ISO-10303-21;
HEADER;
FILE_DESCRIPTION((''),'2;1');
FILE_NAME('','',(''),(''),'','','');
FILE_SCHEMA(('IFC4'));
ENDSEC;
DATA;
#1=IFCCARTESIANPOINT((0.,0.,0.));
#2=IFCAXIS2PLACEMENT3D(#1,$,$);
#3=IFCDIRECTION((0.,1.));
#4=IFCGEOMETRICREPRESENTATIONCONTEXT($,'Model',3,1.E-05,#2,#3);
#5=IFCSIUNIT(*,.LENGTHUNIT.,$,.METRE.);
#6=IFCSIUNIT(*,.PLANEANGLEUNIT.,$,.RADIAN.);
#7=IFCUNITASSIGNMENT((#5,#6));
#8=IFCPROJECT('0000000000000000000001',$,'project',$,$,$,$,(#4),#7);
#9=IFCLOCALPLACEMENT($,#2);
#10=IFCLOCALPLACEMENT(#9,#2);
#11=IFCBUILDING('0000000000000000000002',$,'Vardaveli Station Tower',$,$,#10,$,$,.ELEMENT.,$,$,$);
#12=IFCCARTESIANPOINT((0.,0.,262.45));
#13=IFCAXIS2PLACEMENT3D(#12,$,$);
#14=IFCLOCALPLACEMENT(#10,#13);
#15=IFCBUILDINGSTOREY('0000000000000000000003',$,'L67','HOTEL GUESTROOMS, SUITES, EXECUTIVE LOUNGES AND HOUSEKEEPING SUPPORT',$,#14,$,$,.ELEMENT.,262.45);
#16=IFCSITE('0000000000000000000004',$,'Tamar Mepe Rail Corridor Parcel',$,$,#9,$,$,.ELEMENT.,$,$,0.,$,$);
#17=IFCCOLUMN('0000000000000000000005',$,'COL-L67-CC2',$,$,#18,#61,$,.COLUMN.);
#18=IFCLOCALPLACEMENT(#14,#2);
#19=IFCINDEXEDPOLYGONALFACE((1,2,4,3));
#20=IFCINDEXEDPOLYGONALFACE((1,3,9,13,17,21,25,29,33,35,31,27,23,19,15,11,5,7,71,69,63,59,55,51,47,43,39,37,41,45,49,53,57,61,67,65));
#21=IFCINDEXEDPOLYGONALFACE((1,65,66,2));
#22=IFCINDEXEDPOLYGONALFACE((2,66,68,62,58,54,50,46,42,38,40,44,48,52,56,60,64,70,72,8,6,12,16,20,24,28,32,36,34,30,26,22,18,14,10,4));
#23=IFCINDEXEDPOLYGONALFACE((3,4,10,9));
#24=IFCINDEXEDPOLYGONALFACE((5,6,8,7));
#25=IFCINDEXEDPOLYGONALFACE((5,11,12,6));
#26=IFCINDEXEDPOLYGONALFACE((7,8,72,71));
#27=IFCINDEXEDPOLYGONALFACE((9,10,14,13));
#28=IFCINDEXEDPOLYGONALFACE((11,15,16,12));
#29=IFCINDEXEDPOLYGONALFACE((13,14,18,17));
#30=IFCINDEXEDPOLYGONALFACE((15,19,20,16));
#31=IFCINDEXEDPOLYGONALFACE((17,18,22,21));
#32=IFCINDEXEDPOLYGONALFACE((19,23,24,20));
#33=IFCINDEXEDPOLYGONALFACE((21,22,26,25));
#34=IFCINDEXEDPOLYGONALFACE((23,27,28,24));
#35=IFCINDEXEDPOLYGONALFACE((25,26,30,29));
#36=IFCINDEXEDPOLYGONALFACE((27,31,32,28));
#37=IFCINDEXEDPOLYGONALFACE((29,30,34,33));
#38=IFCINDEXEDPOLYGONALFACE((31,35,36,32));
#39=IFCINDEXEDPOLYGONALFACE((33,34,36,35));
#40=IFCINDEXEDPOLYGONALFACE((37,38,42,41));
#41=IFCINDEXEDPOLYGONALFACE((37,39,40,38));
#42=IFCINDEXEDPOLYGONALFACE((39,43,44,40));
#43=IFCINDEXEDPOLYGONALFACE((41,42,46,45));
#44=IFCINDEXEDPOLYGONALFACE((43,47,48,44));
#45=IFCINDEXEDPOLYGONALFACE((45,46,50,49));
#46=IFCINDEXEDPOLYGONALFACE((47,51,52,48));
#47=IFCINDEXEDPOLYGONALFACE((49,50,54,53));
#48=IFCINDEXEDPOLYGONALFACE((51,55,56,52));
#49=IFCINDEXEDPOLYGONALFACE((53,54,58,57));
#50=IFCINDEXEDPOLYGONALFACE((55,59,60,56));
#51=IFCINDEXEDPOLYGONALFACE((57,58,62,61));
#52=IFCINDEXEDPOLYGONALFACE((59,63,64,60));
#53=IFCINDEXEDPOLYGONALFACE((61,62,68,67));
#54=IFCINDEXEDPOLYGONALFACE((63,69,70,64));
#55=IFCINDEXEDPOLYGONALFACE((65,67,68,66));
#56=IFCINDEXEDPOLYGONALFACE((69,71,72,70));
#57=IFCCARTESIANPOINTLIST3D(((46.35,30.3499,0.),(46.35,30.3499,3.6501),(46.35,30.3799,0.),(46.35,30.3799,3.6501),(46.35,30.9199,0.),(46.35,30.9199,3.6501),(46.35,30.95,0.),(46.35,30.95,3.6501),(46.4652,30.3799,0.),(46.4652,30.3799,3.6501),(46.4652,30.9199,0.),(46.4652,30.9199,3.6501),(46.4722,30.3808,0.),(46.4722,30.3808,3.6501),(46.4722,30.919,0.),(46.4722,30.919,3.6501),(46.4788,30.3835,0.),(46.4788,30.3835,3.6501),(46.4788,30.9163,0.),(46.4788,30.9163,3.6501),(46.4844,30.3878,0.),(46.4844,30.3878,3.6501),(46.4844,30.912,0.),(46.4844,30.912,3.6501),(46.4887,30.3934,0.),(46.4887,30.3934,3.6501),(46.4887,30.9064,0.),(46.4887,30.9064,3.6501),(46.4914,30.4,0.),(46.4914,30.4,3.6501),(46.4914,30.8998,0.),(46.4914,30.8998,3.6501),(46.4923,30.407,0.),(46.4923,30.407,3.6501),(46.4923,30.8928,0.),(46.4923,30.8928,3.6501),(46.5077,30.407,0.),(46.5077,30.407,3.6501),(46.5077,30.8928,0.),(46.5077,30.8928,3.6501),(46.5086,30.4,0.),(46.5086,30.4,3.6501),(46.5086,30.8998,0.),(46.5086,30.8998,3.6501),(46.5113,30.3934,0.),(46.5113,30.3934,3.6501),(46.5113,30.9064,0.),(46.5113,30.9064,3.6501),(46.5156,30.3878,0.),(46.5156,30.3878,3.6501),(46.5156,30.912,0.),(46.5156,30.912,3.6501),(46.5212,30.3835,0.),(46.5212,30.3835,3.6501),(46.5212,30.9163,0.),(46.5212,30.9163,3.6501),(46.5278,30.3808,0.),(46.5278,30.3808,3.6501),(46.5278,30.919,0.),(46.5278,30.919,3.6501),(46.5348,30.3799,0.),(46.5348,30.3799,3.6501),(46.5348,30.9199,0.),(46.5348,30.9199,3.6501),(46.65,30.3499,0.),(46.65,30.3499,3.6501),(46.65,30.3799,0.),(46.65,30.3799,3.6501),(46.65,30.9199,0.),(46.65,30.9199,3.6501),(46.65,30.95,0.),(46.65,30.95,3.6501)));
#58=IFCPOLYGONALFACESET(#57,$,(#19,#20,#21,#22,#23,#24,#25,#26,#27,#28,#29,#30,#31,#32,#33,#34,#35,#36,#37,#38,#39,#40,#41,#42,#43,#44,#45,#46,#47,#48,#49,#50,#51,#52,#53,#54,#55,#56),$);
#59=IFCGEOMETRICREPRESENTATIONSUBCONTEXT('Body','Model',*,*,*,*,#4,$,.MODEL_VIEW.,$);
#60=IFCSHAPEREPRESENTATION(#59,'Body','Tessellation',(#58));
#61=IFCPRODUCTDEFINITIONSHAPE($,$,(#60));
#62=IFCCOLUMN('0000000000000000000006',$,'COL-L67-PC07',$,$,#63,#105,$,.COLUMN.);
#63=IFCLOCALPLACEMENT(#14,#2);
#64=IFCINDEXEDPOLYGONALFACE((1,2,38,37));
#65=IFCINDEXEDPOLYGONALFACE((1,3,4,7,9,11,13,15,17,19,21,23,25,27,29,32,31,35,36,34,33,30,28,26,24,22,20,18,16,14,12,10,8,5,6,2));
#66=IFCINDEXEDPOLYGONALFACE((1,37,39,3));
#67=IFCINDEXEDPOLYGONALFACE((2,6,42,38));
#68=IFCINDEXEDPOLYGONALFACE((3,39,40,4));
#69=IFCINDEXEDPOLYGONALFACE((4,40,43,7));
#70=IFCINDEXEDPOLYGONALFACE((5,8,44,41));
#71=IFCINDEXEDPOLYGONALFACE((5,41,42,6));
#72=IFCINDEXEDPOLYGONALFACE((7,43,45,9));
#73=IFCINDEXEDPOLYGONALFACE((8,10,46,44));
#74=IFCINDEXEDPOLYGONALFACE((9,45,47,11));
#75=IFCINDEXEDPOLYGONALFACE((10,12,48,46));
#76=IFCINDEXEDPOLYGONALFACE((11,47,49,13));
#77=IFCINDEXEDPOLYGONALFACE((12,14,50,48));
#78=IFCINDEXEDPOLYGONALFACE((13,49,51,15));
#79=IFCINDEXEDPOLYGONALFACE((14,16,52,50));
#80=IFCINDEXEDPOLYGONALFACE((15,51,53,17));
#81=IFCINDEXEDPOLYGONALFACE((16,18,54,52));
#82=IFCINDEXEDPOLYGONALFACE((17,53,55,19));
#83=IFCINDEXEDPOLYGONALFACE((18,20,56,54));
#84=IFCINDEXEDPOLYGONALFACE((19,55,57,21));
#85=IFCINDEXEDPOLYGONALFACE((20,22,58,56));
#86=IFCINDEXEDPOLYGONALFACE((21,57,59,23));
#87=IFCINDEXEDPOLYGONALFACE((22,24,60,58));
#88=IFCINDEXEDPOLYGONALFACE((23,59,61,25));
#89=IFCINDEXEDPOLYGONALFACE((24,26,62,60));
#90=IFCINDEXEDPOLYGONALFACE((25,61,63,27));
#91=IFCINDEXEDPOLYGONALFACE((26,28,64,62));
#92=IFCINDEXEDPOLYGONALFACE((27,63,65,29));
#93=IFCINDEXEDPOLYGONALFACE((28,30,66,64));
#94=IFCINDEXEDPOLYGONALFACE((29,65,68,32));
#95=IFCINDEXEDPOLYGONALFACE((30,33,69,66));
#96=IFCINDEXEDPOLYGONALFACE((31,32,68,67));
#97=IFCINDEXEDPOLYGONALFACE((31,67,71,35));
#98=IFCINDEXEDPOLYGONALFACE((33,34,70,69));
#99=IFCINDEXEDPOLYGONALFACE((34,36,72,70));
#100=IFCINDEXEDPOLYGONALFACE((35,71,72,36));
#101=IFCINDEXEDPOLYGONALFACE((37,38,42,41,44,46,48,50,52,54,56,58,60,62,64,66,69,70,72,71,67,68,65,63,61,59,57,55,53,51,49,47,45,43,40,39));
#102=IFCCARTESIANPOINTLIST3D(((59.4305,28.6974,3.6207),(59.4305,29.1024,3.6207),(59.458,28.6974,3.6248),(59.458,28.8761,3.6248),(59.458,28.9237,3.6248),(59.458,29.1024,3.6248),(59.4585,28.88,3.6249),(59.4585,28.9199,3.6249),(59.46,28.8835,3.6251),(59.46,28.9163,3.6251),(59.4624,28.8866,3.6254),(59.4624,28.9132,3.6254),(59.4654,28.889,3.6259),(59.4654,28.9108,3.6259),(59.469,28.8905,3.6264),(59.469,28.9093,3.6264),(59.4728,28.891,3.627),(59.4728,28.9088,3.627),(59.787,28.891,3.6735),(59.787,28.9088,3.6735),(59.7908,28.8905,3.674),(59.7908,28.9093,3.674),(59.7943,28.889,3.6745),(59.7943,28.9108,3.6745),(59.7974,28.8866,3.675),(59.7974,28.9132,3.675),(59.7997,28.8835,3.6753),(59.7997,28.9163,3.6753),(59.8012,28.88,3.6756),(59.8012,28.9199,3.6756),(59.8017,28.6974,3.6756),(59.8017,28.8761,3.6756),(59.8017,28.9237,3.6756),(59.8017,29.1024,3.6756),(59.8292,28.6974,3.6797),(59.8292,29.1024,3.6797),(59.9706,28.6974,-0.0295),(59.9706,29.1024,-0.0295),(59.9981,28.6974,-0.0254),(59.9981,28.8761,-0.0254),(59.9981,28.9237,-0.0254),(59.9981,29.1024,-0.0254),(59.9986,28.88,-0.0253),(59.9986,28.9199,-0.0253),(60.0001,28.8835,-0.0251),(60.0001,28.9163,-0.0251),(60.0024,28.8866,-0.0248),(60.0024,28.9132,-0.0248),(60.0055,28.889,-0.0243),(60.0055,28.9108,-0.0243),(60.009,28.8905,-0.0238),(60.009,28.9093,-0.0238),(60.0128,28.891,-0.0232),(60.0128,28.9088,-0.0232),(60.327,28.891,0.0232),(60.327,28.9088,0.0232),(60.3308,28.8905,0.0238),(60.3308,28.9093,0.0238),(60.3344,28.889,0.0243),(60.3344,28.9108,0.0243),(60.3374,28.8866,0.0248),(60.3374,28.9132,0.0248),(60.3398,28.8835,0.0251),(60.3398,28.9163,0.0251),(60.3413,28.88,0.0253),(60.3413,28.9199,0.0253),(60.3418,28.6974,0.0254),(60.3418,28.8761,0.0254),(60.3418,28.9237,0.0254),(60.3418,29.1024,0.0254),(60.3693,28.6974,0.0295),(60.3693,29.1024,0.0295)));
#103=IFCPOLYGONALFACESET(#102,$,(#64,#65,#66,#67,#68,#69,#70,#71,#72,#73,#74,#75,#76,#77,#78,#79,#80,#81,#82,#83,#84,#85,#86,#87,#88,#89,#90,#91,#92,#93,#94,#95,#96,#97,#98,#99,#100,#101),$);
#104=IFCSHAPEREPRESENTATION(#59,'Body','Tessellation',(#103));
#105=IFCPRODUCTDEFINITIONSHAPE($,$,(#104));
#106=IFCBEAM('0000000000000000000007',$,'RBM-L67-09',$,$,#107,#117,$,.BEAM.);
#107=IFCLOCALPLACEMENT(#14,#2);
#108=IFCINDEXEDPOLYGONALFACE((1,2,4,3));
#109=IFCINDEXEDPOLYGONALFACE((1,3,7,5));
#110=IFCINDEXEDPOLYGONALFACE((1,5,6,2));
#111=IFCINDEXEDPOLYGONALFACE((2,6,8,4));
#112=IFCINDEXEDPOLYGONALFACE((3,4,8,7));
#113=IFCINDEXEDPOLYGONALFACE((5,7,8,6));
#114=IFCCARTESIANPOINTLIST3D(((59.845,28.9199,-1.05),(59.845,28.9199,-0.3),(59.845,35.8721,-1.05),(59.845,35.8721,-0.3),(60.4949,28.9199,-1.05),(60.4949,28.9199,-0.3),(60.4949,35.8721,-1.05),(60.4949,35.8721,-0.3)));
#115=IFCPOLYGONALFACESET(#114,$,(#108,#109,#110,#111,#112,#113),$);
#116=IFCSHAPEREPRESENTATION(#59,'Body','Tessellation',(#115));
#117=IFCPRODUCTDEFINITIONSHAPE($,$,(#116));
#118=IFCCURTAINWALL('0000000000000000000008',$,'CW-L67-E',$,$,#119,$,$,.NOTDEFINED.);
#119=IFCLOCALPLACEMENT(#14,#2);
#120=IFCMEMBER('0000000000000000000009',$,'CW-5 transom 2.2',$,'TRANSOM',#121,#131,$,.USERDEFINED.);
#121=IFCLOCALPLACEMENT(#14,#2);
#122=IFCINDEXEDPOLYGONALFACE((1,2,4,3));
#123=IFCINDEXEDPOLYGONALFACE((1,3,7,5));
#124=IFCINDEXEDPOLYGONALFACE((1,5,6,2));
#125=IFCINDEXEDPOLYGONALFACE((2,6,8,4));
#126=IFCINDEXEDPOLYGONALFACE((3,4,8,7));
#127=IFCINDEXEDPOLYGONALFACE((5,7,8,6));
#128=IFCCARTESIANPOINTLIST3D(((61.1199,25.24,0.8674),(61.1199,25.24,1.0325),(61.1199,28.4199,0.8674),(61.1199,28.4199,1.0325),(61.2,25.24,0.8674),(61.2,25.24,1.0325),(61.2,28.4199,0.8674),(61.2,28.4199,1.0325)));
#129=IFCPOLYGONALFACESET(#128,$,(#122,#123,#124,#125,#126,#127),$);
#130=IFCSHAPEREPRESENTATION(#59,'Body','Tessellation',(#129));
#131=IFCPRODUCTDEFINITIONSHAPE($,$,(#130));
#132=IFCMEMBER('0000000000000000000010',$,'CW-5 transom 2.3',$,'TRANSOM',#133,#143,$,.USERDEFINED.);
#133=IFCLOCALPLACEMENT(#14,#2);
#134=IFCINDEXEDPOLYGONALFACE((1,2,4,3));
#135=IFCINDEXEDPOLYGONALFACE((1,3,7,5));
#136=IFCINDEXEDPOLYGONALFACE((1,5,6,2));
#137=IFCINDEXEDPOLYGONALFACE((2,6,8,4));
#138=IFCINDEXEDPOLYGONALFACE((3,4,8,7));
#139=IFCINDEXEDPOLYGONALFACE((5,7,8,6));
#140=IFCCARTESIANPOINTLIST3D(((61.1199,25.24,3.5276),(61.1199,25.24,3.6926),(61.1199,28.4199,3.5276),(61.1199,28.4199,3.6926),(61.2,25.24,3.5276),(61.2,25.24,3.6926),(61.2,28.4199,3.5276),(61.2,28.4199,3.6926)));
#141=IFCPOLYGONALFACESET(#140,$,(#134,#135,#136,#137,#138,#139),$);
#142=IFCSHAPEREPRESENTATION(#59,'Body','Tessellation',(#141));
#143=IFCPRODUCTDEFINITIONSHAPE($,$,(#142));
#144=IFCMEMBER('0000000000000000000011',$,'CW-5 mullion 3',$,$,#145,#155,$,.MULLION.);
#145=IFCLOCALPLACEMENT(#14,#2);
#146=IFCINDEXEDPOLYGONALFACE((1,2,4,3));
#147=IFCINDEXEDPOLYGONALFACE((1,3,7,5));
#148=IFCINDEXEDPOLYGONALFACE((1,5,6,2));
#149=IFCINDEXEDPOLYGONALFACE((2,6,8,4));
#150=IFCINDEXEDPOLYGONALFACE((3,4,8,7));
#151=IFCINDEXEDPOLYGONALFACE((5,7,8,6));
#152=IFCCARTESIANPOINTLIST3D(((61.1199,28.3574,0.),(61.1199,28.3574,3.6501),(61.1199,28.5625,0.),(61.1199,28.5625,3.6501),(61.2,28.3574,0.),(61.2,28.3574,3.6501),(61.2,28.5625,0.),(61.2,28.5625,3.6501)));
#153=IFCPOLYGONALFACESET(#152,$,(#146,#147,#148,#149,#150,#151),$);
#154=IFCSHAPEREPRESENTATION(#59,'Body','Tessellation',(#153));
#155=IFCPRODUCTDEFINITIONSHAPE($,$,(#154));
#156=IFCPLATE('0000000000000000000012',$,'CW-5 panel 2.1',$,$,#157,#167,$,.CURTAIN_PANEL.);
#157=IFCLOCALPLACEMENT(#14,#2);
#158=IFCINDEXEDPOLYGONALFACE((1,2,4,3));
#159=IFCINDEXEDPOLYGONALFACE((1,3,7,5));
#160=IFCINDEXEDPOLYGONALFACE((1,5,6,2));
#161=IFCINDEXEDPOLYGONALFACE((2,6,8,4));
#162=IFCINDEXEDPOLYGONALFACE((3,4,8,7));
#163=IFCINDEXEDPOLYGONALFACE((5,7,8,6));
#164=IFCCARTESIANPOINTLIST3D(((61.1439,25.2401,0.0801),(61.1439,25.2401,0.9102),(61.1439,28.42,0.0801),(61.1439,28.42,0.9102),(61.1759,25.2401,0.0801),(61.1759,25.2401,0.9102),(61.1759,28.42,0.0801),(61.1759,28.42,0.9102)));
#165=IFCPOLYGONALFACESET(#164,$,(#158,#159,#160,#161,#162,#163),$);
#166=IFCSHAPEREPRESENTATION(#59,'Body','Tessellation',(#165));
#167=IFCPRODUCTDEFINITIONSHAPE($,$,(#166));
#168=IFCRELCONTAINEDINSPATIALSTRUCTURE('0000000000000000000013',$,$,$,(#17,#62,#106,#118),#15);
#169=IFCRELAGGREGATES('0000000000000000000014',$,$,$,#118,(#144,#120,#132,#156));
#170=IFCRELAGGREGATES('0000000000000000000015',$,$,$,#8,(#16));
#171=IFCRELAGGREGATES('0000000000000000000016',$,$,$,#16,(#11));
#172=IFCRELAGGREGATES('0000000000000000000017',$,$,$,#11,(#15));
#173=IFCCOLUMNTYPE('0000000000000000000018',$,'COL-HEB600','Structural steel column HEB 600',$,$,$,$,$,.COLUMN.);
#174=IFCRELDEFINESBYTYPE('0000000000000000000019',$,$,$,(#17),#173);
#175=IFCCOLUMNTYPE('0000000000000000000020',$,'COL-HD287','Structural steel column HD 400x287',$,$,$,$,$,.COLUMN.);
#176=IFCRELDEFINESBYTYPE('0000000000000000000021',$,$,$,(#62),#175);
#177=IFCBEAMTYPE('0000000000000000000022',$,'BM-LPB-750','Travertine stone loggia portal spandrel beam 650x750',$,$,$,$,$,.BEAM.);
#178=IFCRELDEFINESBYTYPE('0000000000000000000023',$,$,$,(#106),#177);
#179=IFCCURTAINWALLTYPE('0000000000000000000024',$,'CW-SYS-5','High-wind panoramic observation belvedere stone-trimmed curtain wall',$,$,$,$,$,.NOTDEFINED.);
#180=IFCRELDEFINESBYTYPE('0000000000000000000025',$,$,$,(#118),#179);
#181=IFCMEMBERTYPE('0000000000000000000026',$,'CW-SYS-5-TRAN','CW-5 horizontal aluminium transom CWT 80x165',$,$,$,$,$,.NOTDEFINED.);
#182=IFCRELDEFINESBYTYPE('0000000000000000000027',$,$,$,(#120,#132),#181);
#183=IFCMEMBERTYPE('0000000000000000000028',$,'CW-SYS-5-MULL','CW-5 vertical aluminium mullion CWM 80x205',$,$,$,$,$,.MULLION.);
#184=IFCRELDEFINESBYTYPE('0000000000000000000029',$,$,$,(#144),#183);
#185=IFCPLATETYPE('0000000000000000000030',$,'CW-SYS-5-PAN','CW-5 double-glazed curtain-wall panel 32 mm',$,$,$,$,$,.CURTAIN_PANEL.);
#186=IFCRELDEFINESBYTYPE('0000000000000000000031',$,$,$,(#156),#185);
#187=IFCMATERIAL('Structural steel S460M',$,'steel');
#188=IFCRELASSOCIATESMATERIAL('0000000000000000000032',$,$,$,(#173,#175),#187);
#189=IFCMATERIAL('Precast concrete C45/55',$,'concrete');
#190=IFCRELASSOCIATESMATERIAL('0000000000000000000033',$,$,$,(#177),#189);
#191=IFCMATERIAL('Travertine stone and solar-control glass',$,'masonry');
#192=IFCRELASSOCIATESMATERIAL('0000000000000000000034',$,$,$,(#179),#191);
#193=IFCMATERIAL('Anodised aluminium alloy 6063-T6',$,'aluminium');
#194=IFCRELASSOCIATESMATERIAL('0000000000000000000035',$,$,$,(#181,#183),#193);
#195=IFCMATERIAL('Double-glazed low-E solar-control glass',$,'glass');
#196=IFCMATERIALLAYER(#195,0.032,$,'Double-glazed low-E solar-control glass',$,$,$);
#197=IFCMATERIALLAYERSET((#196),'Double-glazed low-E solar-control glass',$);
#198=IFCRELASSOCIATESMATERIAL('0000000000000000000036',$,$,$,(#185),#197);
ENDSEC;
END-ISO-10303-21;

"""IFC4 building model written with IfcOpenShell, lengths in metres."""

from ifc_helpers import new_model, si_unit, direction, frame, origin, origin_2d, place, context, subcontext, project, spatial, rectangle, i_section, extrude, source, transform, mapped, material, layer, layer_set, material_profile, profile_set, type_object, element, aggregate, save


model = new_model("IFC4")

# Units and contexts
model_context = context("Model", 3, precision=1e-05, world=origin(), true_north=direction((0.0, 1.0)))
body_context = subcontext(model_context, "Body", "Model", "MODEL_VIEW")
ifc_project = project(units=[si_unit("LENGTHUNIT", "METRE"), si_unit("PLANEANGLEUNIT", "RADIAN")], contexts=[model_context])

# Site, building, storey
site_placement = place(None, origin())
site = spatial("IfcSite", under=ifc_project, at=site_placement, Name="Tamar Mepe Rail Corridor Parcel", CompositionType="ELEMENT", RefElevation=0.0)
building_placement = place(site_placement, origin())
building = spatial("IfcBuilding", under=site, at=building_placement, Name="Vardaveli Station Tower", CompositionType="ELEMENT")
storey_placement = place(building_placement, frame((0.0, 0.0, 262.45)))
storey = spatial("IfcBuildingStorey", under=building, at=storey_placement, Name="L67", Description="HOTEL GUESTROOMS, SUITES, EXECUTIVE LOUNGES AND HOUSEKEEPING SUPPORT", CompositionType="ELEMENT", Elevation=262.45)

# Columns
ifc_material_1 = material(Name="Structural steel S460M", Category="steel")
ifc_material_profile_1 = material_profile(ifc_material_1, i_section(OverallWidth=0.3, OverallDepth=0.6001, WebThickness=0.0154, FlangeThickness=0.03, FilletRadius=0.0271, at=origin_2d()), Name="HEB 600")
ifc_profile_set_1 = profile_set([ifc_material_profile_1], Name="Structural steel S460M")
column_type_1 = type_object("IfcColumnType", Name="COL-HEB600", Description="Structural steel column HEB 600", PredefinedType="COLUMN", material=ifc_profile_set_1)
shared_shape_1 = source(origin(), body_context, "Body", "SweptSolid", [
    extrude(i_section(OverallWidth=0.3, OverallDepth=0.6001, WebThickness=0.0154, FlangeThickness=0.03, FilletRadius=0.0271, at=origin_2d()), origin(), (0.0, 0.0, 1.0), 3.6501),
])
column_1_placement = place(storey_placement, frame((46.5, 30.6499, 0.0), z_axis=(0.0, 0.0, 1.0), x_axis=(1.0, 0.0, 0.0)))
element("IfcColumn", 1, at=column_1_placement, inside=storey, type_object=column_type_1, Name="COL-L67-CC2", PredefinedType="COLUMN", context=body_context, shape_type="MappedRepresentation", body=[
    mapped(shared_shape_1, transform((0.0, 0.0, 0.0), scale=1.0)),
])
ifc_material_profile_2 = material_profile(ifc_material_1, i_section(OverallWidth=0.405, OverallDepth=0.4031, WebThickness=0.0178, FlangeThickness=0.0278, FilletRadius=0.0149, at=origin_2d()), Name="HD 400x287")
ifc_profile_set_2 = profile_set([ifc_material_profile_2], Name="Structural steel S460M")
column_type_2 = type_object("IfcColumnType", Name="COL-HD287", Description="Structural steel column HD 400x287", PredefinedType="COLUMN", material=ifc_profile_set_2)
shared_shape_2 = source(origin(), body_context, "Body", "SweptSolid", [
    extrude(i_section(OverallWidth=0.405, OverallDepth=0.4031, WebThickness=0.0178, FlangeThickness=0.0278, FilletRadius=0.0149, at=origin_2d()), origin(), (0.0, 0.0, 1.0), 3.6899),
])
column_2_placement = place(storey_placement, frame((60.1699, 28.8999, 0.0), z_axis=(-0.146357, 0.0, 0.989232), x_axis=(0.0, -1.0, 0.0)))
element("IfcColumn", 2, at=column_2_placement, inside=storey, type_object=column_type_2, Name="COL-L67-PC07", PredefinedType="COLUMN", context=body_context, shape_type="MappedRepresentation", body=[
    mapped(shared_shape_2, transform((0.0, 0.0, 0.0), scale=1.0)),
])

# Beam
ifc_material_2 = material(Name="Precast concrete C45/55", Category="concrete")
ifc_material_profile_3 = material_profile(ifc_material_2, rectangle(XDim=0.6499, YDim=0.75, at=origin_2d()), Name="LPB 650x750")
ifc_profile_set_3 = profile_set([ifc_material_profile_3], Name="Precast concrete C45/55")
beam_type = type_object("IfcBeamType", Name="BM-LPB-750", Description="Travertine stone loggia portal spandrel beam 650x750", PredefinedType="BEAM", material=ifc_profile_set_3)
shared_shape_3 = source(origin(), body_context, "Body", "SweptSolid", [
    extrude(rectangle(XDim=0.6499, YDim=0.75, at=origin_2d()), origin(), (0.0, 0.0, 1.0), 6.9521),
])
beam_placement = place(storey_placement, frame((60.1699, 28.9199, -0.675), z_axis=(0.0, 1.0, 0.0), x_axis=(-1.0, 0.0, 0.0)))
element("IfcBeam", 3, at=beam_placement, inside=storey, type_object=beam_type, Name="RBM-L67-09", PredefinedType="BEAM", context=body_context, shape_type="MappedRepresentation", body=[
    mapped(shared_shape_3, transform((0.0, 0.0, 0.0), scale=1.0)),
])

# Curtain wall, members, plate
ifc_material_3 = material(Name="Travertine stone and solar-control glass", Category="masonry")
curtain_wall_type = type_object("IfcCurtainWallType", Name="CW-SYS-5", Description="High-wind panoramic observation belvedere stone-trimmed curtain wall", PredefinedType="NOTDEFINED", material=ifc_material_3)
curtain_wall_placement = place(storey_placement, origin())
curtain_wall = element("IfcCurtainWall", 4, at=curtain_wall_placement, inside=storey, type_object=curtain_wall_type, Name="CW-L67-E", PredefinedType="NOTDEFINED")
ifc_material_4 = material(Name="Anodised aluminium alloy 6063-T6", Category="aluminium")
ifc_material_profile_4 = material_profile(ifc_material_4, rectangle(XDim=0.0801, YDim=0.165, at=origin_2d()), Name="CWT 80x165")
ifc_profile_set_4 = profile_set([ifc_material_profile_4], Name="Anodised aluminium alloy 6063-T6")
member_type_1 = type_object("IfcMemberType", Name="CW-SYS-5-TRAN", Description="CW-5 horizontal aluminium transom CWT 80x165", PredefinedType="NOTDEFINED", material=ifc_profile_set_4)
shared_shape_4 = source(origin(), body_context, "Body", "SweptSolid", [
    extrude(rectangle(XDim=0.0801, YDim=0.165, at=origin_2d()), origin(), (0.0, 0.0, 1.0), 3.1799),
])
member_1_placement = place(storey_placement, frame((61.1599, 25.24, 0.95), z_axis=(0.0, 1.0, 0.0), x_axis=(-1.0, 0.0, 0.0)))
member_1 = element("IfcMember", 5, at=member_1_placement, type_object=member_type_1, Name="CW-5 transom 2.2", ObjectType="TRANSOM", PredefinedType="USERDEFINED", context=body_context, shape_type="MappedRepresentation", body=[
    mapped(shared_shape_4, transform((0.0, 0.0, 0.0), scale=1.0)),
])
member_2_placement = place(storey_placement, frame((61.1599, 25.24, 3.6101), z_axis=(0.0, 1.0, 0.0), x_axis=(-1.0, 0.0, 0.0)))
member_2 = element("IfcMember", 6, at=member_2_placement, type_object=member_type_1, Name="CW-5 transom 2.3", ObjectType="TRANSOM", PredefinedType="USERDEFINED", context=body_context, shape_type="MappedRepresentation", body=[
    mapped(shared_shape_4, transform((0.0, 0.0, 0.0), scale=1.0)),
])
ifc_material_profile_5 = material_profile(ifc_material_4, rectangle(XDim=0.0801, YDim=0.2051, at=origin_2d()), Name="CWM 80x205")
ifc_profile_set_5 = profile_set([ifc_material_profile_5], Name="Anodised aluminium alloy 6063-T6")
member_type_2 = type_object("IfcMemberType", Name="CW-SYS-5-MULL", Description="CW-5 vertical aluminium mullion CWM 80x205", PredefinedType="MULLION", material=ifc_profile_set_5)
shared_shape_5 = source(origin(), body_context, "Body", "SweptSolid", [
    extrude(rectangle(XDim=0.0801, YDim=0.2051, at=origin_2d()), origin(), (0.0, 0.0, 1.0), 3.6501),
])
member_3_placement = place(storey_placement, frame((61.1599, 28.46, 0.0), z_axis=(0.0, 0.0, 1.0), x_axis=(-1.0, 0.0, 0.0)))
member_3 = element("IfcMember", 7, at=member_3_placement, type_object=member_type_2, Name="CW-5 mullion 3", PredefinedType="MULLION", context=body_context, shape_type="MappedRepresentation", body=[
    mapped(shared_shape_5, transform((0.0, 0.0, 0.0), scale=1.0)),
])
ifc_material_5 = material(Name="Double-glazed low-E solar-control glass", Category="glass")
ifc_layer_1 = layer(ifc_material_5, 0.032, Name="Double-glazed low-E solar-control glass")
ifc_layer_set_1 = layer_set([ifc_layer_1], Name="Double-glazed low-E solar-control glass")
plate_type = type_object("IfcPlateType", Name="CW-SYS-5-PAN", Description="CW-5 double-glazed curtain-wall panel 32 mm", PredefinedType="CURTAIN_PANEL", material=ifc_layer_set_1)
shared_shape_6 = source(origin(), body_context, "Body", "SweptSolid", [
    extrude(rectangle(XDim=3.1799, YDim=0.032, at=origin_2d()), origin(), (0.0, 0.0, 1.0), 0.8301),
])
plate_1_placement = place(storey_placement, frame((61.1599, 26.8301, 0.0801), z_axis=(0.0, 0.0, 1.0), x_axis=(0.0, 1.0, 0.0)))
plate_1 = element("IfcPlate", 8, at=plate_1_placement, type_object=plate_type, Name="CW-5 panel 2.1", PredefinedType="CURTAIN_PANEL", context=body_context, shape_type="MappedRepresentation", body=[
    mapped(shared_shape_6, transform((0.0, 0.0, 0.0), scale=1.0)),
])
aggregate(curtain_wall, [member_3, member_1, member_2, plate_1])

save(model, "model.ifc")
